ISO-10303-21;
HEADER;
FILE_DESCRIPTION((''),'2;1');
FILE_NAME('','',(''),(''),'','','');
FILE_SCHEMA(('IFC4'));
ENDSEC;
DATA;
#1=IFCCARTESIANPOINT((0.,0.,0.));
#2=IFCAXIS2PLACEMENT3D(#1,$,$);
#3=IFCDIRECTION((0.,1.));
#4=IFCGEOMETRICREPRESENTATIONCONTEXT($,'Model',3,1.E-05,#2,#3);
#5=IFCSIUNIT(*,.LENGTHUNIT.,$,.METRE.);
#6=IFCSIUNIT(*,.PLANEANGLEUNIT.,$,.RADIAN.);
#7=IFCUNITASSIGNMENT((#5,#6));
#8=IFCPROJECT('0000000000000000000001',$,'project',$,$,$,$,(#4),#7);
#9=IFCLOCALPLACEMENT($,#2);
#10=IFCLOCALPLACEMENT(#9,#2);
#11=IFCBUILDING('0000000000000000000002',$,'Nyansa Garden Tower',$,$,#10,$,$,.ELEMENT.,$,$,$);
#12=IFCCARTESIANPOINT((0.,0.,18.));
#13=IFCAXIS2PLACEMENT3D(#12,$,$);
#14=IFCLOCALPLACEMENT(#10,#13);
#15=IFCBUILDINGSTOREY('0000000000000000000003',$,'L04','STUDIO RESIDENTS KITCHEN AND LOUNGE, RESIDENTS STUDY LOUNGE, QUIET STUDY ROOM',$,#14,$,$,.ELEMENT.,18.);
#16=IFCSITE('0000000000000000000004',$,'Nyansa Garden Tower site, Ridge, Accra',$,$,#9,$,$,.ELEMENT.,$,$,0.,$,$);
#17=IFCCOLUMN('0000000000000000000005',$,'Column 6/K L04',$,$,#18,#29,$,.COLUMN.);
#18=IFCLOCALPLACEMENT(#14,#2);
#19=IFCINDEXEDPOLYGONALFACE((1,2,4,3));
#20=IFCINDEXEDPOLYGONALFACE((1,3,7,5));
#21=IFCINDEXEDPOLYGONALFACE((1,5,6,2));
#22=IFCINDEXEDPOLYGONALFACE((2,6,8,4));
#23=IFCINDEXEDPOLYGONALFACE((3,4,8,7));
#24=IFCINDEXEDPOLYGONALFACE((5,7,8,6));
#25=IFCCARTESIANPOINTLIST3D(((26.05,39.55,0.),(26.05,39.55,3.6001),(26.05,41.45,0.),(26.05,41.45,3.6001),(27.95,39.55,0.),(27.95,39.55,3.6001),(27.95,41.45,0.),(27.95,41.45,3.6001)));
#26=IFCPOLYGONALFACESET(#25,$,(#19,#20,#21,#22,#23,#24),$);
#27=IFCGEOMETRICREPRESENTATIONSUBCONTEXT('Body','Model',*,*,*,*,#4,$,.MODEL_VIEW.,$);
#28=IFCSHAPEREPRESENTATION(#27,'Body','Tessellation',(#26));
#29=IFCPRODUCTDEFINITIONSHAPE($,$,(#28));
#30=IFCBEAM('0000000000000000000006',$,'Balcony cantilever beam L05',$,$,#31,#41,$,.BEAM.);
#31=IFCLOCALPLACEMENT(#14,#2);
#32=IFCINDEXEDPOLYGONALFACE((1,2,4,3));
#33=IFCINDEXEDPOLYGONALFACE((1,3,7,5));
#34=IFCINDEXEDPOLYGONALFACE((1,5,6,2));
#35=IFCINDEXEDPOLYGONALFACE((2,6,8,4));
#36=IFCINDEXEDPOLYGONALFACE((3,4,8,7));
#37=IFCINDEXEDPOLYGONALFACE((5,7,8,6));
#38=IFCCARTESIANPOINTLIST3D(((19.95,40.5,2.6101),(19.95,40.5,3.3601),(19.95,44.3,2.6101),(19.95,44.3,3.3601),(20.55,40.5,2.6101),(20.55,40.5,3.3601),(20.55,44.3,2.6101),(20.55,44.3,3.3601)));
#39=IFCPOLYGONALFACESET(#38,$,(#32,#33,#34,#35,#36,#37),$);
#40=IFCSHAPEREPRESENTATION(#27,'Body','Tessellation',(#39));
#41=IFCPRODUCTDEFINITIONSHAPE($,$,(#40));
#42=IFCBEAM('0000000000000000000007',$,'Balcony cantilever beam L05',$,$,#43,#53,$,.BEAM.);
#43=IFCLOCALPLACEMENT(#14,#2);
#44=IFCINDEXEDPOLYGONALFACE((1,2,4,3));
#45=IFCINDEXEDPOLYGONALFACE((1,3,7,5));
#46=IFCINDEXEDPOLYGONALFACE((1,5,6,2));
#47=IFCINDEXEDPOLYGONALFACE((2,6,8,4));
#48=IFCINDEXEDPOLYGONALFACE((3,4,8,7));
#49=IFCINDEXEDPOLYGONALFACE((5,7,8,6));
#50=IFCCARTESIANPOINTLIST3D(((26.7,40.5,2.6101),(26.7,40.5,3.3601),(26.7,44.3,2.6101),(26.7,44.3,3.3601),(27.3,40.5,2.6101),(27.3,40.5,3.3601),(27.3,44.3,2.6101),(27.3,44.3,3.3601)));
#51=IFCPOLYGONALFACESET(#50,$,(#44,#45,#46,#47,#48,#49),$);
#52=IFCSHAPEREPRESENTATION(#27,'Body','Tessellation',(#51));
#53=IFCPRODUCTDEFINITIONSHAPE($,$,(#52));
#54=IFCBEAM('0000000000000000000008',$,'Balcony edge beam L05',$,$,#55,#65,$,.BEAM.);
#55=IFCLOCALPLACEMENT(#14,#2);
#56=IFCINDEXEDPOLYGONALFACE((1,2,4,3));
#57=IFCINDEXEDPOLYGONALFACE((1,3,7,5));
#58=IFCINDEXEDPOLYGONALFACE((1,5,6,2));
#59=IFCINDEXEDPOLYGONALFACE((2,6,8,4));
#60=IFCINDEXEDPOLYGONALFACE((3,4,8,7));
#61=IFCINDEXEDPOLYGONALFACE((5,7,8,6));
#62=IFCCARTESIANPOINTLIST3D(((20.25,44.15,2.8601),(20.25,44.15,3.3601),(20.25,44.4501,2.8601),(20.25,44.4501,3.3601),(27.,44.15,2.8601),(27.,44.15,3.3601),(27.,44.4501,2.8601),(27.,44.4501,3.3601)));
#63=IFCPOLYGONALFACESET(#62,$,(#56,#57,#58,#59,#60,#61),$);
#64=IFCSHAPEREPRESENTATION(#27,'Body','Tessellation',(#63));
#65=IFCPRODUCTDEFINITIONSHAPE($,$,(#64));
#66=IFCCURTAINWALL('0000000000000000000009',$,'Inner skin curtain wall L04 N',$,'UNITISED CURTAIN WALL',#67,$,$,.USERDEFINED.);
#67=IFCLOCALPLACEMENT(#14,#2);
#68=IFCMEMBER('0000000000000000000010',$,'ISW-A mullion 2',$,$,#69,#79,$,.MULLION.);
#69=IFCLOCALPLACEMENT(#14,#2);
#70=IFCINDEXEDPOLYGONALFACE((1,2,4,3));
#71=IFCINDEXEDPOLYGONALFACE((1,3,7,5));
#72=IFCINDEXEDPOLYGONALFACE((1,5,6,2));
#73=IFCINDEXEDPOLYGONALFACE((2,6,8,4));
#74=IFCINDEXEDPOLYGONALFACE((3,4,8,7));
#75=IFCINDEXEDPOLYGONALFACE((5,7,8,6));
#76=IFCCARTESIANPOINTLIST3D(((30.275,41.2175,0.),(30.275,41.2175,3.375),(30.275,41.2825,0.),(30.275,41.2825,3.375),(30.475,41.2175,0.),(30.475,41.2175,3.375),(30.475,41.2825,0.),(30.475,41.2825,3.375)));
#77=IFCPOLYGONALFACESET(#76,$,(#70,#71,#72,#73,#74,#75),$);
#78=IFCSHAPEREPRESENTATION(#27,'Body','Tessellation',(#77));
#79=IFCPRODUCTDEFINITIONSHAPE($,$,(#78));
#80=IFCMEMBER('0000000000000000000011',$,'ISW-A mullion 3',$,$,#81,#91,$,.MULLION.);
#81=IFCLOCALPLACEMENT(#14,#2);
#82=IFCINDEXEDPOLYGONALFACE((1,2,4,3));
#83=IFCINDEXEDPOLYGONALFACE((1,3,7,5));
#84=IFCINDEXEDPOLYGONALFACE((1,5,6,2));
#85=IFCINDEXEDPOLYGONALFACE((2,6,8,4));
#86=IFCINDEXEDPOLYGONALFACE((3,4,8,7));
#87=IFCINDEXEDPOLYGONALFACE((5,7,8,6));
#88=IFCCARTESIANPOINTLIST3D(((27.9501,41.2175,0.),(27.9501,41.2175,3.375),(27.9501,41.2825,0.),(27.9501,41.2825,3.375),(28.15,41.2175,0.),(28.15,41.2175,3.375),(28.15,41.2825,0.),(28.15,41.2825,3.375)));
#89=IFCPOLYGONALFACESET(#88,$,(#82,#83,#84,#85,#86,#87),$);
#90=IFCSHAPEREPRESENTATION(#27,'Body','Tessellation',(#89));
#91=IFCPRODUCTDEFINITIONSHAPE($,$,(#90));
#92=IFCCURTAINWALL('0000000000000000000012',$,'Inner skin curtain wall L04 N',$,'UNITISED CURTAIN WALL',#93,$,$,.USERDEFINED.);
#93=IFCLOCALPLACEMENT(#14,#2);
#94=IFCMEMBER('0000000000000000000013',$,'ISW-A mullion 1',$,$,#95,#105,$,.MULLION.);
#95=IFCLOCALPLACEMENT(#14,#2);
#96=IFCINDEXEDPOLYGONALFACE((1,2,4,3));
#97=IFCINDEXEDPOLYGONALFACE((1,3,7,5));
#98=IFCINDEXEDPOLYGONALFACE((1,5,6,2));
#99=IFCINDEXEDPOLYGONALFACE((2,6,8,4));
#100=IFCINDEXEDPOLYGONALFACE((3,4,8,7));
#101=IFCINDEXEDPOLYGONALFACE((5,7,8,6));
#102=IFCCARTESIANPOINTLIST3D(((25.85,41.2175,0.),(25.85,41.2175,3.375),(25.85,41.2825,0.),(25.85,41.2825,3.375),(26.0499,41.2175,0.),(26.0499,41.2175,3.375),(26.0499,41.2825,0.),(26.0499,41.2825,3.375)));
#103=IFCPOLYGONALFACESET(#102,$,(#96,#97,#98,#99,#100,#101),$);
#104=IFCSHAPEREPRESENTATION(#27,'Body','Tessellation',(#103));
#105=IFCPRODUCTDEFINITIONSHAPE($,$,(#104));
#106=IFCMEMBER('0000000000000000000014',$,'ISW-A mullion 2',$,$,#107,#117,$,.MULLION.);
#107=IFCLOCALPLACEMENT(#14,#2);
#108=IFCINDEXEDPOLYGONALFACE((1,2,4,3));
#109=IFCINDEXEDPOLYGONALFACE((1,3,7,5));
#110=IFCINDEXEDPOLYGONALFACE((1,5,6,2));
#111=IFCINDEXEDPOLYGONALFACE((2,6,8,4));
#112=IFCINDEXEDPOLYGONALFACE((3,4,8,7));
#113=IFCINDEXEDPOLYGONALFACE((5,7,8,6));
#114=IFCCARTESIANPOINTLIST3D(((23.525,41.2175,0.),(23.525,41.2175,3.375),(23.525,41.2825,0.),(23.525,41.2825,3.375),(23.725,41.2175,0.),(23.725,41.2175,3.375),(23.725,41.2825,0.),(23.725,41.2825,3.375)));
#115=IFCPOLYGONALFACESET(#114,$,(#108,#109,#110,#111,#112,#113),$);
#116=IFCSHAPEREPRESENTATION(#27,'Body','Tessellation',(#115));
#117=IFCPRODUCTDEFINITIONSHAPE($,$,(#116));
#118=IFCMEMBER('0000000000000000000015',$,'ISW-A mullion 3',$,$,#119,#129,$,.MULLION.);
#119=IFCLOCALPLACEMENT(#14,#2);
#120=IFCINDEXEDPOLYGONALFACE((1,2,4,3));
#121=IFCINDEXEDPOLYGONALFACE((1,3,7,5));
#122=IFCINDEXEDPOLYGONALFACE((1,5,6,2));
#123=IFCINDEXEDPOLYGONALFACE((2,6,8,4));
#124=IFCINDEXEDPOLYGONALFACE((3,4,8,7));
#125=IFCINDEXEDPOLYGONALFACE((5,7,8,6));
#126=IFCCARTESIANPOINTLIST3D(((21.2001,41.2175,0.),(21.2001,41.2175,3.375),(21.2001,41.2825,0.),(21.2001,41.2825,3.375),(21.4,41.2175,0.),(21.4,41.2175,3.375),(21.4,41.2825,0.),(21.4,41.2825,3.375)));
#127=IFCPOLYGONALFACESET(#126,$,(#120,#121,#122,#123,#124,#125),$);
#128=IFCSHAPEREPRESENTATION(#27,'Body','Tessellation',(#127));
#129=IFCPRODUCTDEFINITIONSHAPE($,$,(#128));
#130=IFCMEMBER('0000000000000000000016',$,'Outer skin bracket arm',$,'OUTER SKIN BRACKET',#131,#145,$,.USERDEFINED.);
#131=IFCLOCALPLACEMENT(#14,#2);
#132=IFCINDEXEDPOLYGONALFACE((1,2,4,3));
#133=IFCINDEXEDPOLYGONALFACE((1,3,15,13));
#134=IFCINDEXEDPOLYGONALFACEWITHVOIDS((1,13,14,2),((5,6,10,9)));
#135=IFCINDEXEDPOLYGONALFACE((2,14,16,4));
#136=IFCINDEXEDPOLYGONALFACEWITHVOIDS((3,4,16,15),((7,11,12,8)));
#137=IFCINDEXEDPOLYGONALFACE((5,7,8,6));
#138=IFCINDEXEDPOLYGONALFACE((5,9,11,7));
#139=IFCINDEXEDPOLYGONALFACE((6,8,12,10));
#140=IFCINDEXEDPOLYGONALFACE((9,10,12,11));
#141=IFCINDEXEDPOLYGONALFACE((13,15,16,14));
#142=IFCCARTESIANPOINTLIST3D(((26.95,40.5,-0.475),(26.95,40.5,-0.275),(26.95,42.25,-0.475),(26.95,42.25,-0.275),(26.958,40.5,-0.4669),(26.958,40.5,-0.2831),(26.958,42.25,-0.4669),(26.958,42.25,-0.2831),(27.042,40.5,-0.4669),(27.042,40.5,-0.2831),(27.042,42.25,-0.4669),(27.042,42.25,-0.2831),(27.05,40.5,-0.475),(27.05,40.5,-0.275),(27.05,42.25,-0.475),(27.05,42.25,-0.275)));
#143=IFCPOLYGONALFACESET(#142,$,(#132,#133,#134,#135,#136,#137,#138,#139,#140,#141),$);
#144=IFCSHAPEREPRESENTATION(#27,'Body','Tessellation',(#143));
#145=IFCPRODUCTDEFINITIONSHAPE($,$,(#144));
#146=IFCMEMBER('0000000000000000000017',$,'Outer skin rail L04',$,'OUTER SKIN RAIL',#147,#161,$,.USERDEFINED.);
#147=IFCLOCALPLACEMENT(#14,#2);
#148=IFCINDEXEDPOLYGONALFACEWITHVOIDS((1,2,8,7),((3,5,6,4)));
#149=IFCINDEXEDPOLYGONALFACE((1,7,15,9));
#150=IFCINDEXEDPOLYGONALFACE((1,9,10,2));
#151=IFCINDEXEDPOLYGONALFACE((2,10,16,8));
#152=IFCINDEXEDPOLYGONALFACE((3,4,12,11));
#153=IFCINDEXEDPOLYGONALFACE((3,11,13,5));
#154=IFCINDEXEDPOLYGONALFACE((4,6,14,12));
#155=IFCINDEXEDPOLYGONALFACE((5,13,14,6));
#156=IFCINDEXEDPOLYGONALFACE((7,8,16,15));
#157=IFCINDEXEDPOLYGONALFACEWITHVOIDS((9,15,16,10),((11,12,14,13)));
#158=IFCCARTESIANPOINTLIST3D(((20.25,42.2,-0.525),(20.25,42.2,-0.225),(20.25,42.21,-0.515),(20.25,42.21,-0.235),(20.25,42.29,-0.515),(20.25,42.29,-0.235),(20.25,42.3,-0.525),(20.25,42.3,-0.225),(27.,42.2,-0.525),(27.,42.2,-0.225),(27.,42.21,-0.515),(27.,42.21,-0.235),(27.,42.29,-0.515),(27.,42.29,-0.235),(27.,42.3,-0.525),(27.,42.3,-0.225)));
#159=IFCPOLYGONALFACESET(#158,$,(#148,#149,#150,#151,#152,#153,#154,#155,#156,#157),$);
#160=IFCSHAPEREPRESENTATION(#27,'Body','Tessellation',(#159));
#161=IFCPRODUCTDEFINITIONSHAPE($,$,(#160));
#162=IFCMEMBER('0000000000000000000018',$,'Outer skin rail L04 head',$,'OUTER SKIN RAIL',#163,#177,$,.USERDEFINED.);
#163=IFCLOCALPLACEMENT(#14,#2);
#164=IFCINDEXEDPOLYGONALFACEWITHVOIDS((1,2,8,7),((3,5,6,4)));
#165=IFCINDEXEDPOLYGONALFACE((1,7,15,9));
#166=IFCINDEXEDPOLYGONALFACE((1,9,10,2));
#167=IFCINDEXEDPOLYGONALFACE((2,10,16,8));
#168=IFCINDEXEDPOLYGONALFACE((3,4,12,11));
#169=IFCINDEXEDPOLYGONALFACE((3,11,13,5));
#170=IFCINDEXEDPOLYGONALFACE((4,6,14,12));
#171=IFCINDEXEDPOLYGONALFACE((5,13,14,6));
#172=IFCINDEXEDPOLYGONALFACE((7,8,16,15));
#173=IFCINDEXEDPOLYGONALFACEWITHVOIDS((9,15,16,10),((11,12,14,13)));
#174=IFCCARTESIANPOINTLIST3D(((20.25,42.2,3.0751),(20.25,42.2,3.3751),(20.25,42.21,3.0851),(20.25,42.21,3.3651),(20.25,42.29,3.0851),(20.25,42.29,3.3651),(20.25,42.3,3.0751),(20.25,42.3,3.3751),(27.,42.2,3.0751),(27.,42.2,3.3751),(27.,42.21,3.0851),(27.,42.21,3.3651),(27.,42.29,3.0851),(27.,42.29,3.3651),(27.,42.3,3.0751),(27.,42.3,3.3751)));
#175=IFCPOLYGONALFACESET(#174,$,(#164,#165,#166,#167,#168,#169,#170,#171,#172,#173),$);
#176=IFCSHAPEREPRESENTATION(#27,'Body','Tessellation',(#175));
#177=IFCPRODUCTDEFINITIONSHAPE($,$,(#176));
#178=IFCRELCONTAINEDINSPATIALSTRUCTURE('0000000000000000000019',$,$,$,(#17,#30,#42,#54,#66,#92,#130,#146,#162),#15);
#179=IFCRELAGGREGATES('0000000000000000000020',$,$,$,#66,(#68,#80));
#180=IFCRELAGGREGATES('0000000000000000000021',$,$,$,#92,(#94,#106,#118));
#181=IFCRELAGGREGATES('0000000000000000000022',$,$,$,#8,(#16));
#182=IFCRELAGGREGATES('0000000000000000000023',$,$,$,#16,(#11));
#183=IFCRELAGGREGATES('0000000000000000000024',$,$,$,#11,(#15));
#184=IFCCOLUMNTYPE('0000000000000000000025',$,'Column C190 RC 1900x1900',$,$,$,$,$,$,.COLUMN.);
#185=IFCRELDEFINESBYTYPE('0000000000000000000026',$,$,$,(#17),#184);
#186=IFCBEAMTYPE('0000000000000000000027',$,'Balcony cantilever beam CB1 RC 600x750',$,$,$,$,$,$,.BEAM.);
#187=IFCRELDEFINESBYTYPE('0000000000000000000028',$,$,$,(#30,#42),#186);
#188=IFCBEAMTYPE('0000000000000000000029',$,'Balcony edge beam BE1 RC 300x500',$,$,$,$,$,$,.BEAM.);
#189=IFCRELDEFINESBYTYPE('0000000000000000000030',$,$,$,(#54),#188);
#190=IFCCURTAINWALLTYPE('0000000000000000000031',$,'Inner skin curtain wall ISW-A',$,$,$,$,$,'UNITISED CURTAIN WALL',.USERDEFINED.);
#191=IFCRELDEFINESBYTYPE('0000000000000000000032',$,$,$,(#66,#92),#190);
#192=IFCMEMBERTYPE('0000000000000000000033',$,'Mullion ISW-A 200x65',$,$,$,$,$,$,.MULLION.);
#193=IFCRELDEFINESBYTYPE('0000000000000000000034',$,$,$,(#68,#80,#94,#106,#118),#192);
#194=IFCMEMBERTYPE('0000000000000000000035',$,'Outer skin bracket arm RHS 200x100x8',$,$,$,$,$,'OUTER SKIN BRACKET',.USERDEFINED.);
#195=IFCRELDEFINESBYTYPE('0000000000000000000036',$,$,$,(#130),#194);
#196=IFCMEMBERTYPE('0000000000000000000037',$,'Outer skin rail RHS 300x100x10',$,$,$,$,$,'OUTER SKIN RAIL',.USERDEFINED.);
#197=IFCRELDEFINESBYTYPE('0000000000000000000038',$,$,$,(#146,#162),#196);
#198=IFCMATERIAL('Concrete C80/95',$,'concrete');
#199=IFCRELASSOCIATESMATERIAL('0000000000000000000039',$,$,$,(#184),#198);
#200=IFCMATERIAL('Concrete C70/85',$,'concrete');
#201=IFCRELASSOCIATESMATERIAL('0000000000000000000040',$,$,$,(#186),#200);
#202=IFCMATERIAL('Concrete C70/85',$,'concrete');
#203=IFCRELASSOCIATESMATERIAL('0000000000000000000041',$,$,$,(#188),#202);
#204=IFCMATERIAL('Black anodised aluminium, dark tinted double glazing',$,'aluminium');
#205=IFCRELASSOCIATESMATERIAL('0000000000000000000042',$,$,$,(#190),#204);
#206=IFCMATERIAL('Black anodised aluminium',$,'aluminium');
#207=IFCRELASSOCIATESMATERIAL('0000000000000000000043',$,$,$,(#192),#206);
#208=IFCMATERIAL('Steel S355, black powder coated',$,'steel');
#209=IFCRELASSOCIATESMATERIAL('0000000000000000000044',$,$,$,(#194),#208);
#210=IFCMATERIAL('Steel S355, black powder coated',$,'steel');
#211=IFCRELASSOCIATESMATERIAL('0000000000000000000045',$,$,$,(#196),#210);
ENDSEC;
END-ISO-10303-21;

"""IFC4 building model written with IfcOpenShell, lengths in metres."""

from ifc_helpers import new_model, si_unit, direction, frame, origin, origin_2d, place, context, subcontext, project, spatial, rectangle, hollow_rectangle, extrude, material, material_profile, profile_set, type_object, element, aggregate, save


model = new_model("IFC4")

# Units and contexts
model_context = context("Model", 3, precision=1e-05, world=origin(), true_north=direction((0.0, 1.0)))
body_context = subcontext(model_context, "Body", "Model", "MODEL_VIEW")
ifc_project = project(units=[si_unit("LENGTHUNIT", "METRE"), si_unit("PLANEANGLEUNIT", "RADIAN")], contexts=[model_context])

# Site, building, storey
site_placement = place(None, origin())
site = spatial("IfcSite", under=ifc_project, at=site_placement, Name="Nyansa Garden Tower site, Ridge, Accra", CompositionType="ELEMENT", RefElevation=0.0)
building_placement = place(site_placement, origin())
building = spatial("IfcBuilding", under=site, at=building_placement, Name="Nyansa Garden Tower", CompositionType="ELEMENT")
storey_placement = place(building_placement, frame((0.0, 0.0, 18.0)))
storey = spatial("IfcBuildingStorey", under=building, at=storey_placement, Name="L04", Description="STUDIO RESIDENTS KITCHEN AND LOUNGE, RESIDENTS STUDY LOUNGE, QUIET STUDY ROOM", CompositionType="ELEMENT", Elevation=18.0)

# Column
ifc_material_1 = material(Name="Concrete C80/95", Category="concrete")
ifc_material_profile_1 = material_profile(ifc_material_1, rectangle(XDim=1.8999, YDim=1.8999, at=origin_2d()), Name="RC 1900x1900")
ifc_profile_set_1 = profile_set([ifc_material_profile_1], Name="Concrete C80/95")
column_type = type_object("IfcColumnType", Name="Column C190 RC 1900x1900", PredefinedType="COLUMN", material=ifc_profile_set_1)
column_placement = place(storey_placement, frame((27.0, 40.5, 0.0), z_axis=(0.0, 0.0, 1.0), x_axis=(1.0, 0.0, 0.0)))
element("IfcColumn", 1, at=column_placement, inside=storey, type_object=column_type, Name="Column 6/K L04", PredefinedType="COLUMN", context=body_context, shape_type="SweptSolid", body=[
    extrude(rectangle(XDim=1.8999, YDim=1.8999, at=origin_2d()), origin(), (0.0, 0.0, 1.0), 3.6001),
])

# Beams
ifc_material_2 = material(Name="Concrete C70/85", Category="concrete")
ifc_material_profile_2 = material_profile(ifc_material_2, rectangle(XDim=0.6001, YDim=0.75, at=origin_2d()), Name="RC 600x750")
ifc_profile_set_2 = profile_set([ifc_material_profile_2], Name="Concrete C70/85")
beam_type_1 = type_object("IfcBeamType", Name="Balcony cantilever beam CB1 RC 600x750", PredefinedType="BEAM", material=ifc_profile_set_2)
for number, where, z_axis, x_axis, name in (
    (2, (20.25, 40.5, 2.9851), (0.0, 1.0, 0.0), (-1.0, 0.0, 0.0), "Balcony cantilever beam L05"),
    (3, (27.0, 40.5, 2.9851), (0.0, 1.0, 0.0), (-1.0, 0.0, 0.0), "Balcony cantilever beam L05"),
):
    element("IfcBeam", number, at=place(storey_placement, frame(where, z_axis=z_axis, x_axis=x_axis)), inside=storey, type_object=beam_type_1, Name=name, PredefinedType="BEAM", context=body_context, shape_type="SweptSolid", body=[
        extrude(rectangle(XDim=0.6001, YDim=0.75, at=origin_2d()), origin(), (0.0, 0.0, 1.0), 3.8),
    ])
ifc_material_3 = material(Name="Concrete C70/85", Category="concrete")
ifc_material_profile_3 = material_profile(ifc_material_3, rectangle(XDim=0.3, YDim=0.5, at=origin_2d()), Name="RC 300x500")
ifc_profile_set_3 = profile_set([ifc_material_profile_3], Name="Concrete C70/85")
beam_type_2 = type_object("IfcBeamType", Name="Balcony edge beam BE1 RC 300x500", PredefinedType="BEAM", material=ifc_profile_set_3)
beam_1_placement = place(storey_placement, frame((20.25, 44.3, 3.1101), z_axis=(1.0, 0.0, 0.0), x_axis=(0.0, 1.0, 0.0)))
element("IfcBeam", 4, at=beam_1_placement, inside=storey, type_object=beam_type_2, Name="Balcony edge beam L05", PredefinedType="BEAM", context=body_context, shape_type="SweptSolid", body=[
    extrude(rectangle(XDim=0.3, YDim=0.5, at=origin_2d()), origin(), (0.0, 0.0, 1.0), 6.75),
])

# Curtain walls, members
ifc_material_4 = material(Name="Black anodised aluminium, dark tinted double glazing", Category="aluminium")
curtain_wall_type = type_object("IfcCurtainWallType", Name="Inner skin curtain wall ISW-A", ElementType="UNITISED CURTAIN WALL", PredefinedType="USERDEFINED", material=ifc_material_4)
curtain_wall_1_placement = place(storey_placement, origin())
curtain_wall_1 = element("IfcCurtainWall", 5, at=curtain_wall_1_placement, inside=storey, type_object=curtain_wall_type, Name="Inner skin curtain wall L04 N", ObjectType="UNITISED CURTAIN WALL", PredefinedType="USERDEFINED")
ifc_material_5 = material(Name="Black anodised aluminium", Category="aluminium")
ifc_material_profile_4 = material_profile(ifc_material_5, rectangle(XDim=0.0649, YDim=0.2, at=origin_2d()), Name="Mullion 200x65")
ifc_profile_set_4 = profile_set([ifc_material_profile_4], Name="Black anodised aluminium")
member_type_1 = type_object("IfcMemberType", Name="Mullion ISW-A 200x65", PredefinedType="MULLION", material=ifc_profile_set_4)
member_1_placement = place(storey_placement, frame((30.375, 41.25, 0.0), z_axis=(0.0, 0.0, 1.0), x_axis=(0.0, -1.0, 0.0)))
member_1 = element("IfcMember", 6, at=member_1_placement, type_object=member_type_1, Name="ISW-A mullion 2", PredefinedType="MULLION", context=body_context, shape_type="SweptSolid", body=[
    extrude(rectangle(XDim=0.0649, YDim=0.2, at=origin_2d()), origin(), (0.0, 0.0, 1.0), 3.375),
])
member_2_placement = place(storey_placement, frame((28.05, 41.25, 0.0), z_axis=(0.0, 0.0, 1.0), x_axis=(0.0, -1.0, 0.0)))
member_2 = element("IfcMember", 7, at=member_2_placement, type_object=member_type_1, Name="ISW-A mullion 3", PredefinedType="MULLION", context=body_context, shape_type="SweptSolid", body=[
    extrude(rectangle(XDim=0.0649, YDim=0.2, at=origin_2d()), origin(), (0.0, 0.0, 1.0), 3.375),
])
curtain_wall_2_placement = place(storey_placement, origin())
curtain_wall_2 = element("IfcCurtainWall", 8, at=curtain_wall_2_placement, inside=storey, type_object=curtain_wall_type, Name="Inner skin curtain wall L04 N", ObjectType="UNITISED CURTAIN WALL", PredefinedType="USERDEFINED")
member_3_placement = place(storey_placement, frame((25.95, 41.25, 0.0), z_axis=(0.0, 0.0, 1.0), x_axis=(0.0, -1.0, 0.0)))
member_3 = element("IfcMember", 9, at=member_3_placement, type_object=member_type_1, Name="ISW-A mullion 1", PredefinedType="MULLION", context=body_context, shape_type="SweptSolid", body=[
    extrude(rectangle(XDim=0.0649, YDim=0.2, at=origin_2d()), origin(), (0.0, 0.0, 1.0), 3.375),
])
member_4_placement = place(storey_placement, frame((23.625, 41.25, 0.0), z_axis=(0.0, 0.0, 1.0), x_axis=(0.0, -1.0, 0.0)))
member_4 = element("IfcMember", 10, at=member_4_placement, type_object=member_type_1, Name="ISW-A mullion 2", PredefinedType="MULLION", context=body_context, shape_type="SweptSolid", body=[
    extrude(rectangle(XDim=0.0649, YDim=0.2, at=origin_2d()), origin(), (0.0, 0.0, 1.0), 3.375),
])
member_5_placement = place(storey_placement, frame((21.3, 41.25, 0.0), z_axis=(0.0, 0.0, 1.0), x_axis=(0.0, -1.0, 0.0)))
member_5 = element("IfcMember", 11, at=member_5_placement, type_object=member_type_1, Name="ISW-A mullion 3", PredefinedType="MULLION", context=body_context, shape_type="SweptSolid", body=[
    extrude(rectangle(XDim=0.0649, YDim=0.2, at=origin_2d()), origin(), (0.0, 0.0, 1.0), 3.375),
])

# Members
ifc_material_6 = material(Name="Steel S355, black powder coated", Category="steel")
ifc_material_profile_5 = material_profile(ifc_material_6, hollow_rectangle(XDim=0.1001, YDim=0.2, WallThickness=0.0081, at=origin_2d()), Name="RHS 200x100x8")
ifc_profile_set_5 = profile_set([ifc_material_profile_5], Name="Steel S355, black powder coated")
member_type_2 = type_object("IfcMemberType", Name="Outer skin bracket arm RHS 200x100x8", ElementType="OUTER SKIN BRACKET", PredefinedType="USERDEFINED", material=ifc_profile_set_5)
member_6_placement = place(storey_placement, frame((27.0, 40.5, -0.375), z_axis=(0.0, 1.0, 0.0), x_axis=(-1.0, 0.0, 0.0)))
element("IfcMember", 12, at=member_6_placement, inside=storey, type_object=member_type_2, Name="Outer skin bracket arm", ObjectType="OUTER SKIN BRACKET", PredefinedType="USERDEFINED", context=body_context, shape_type="SweptSolid", body=[
    extrude(hollow_rectangle(XDim=0.1001, YDim=0.2, WallThickness=0.0081, at=origin_2d()), origin(), (0.0, 0.0, 1.0), 1.75),
])
ifc_material_7 = material(Name="Steel S355, black powder coated", Category="steel")
ifc_material_profile_6 = material_profile(ifc_material_7, hollow_rectangle(XDim=0.1001, YDim=0.3, WallThickness=0.01, at=origin_2d()), Name="RHS 300x100x10")
ifc_profile_set_6 = profile_set([ifc_material_profile_6], Name="Steel S355, black powder coated")
member_type_3 = type_object("IfcMemberType", Name="Outer skin rail RHS 300x100x10", ElementType="OUTER SKIN RAIL", PredefinedType="USERDEFINED", material=ifc_profile_set_6)
for number, where, z_axis, x_axis, name in (
    (13, (20.25, 42.25, -0.375), (1.0, 0.0, 0.0), (0.0, 1.0, 0.0), "Outer skin rail L04"),
    (14, (20.25, 42.25, 3.2251), (1.0, 0.0, 0.0), (0.0, 1.0, 0.0), "Outer skin rail L04 head"),
):
    element("IfcMember", number, at=place(storey_placement, frame(where, z_axis=z_axis, x_axis=x_axis)), inside=storey, type_object=member_type_3, Name=name, ObjectType="OUTER SKIN RAIL", PredefinedType="USERDEFINED", context=body_context, shape_type="SweptSolid", body=[
        extrude(hollow_rectangle(XDim=0.1001, YDim=0.3, WallThickness=0.01, at=origin_2d()), origin(), (0.0, 0.0, 1.0), 6.75),
    ])

aggregate(curtain_wall_1, [member_1, member_2])
aggregate(curtain_wall_2, [member_3, member_4, member_5])

save(model, "model.ifc")
